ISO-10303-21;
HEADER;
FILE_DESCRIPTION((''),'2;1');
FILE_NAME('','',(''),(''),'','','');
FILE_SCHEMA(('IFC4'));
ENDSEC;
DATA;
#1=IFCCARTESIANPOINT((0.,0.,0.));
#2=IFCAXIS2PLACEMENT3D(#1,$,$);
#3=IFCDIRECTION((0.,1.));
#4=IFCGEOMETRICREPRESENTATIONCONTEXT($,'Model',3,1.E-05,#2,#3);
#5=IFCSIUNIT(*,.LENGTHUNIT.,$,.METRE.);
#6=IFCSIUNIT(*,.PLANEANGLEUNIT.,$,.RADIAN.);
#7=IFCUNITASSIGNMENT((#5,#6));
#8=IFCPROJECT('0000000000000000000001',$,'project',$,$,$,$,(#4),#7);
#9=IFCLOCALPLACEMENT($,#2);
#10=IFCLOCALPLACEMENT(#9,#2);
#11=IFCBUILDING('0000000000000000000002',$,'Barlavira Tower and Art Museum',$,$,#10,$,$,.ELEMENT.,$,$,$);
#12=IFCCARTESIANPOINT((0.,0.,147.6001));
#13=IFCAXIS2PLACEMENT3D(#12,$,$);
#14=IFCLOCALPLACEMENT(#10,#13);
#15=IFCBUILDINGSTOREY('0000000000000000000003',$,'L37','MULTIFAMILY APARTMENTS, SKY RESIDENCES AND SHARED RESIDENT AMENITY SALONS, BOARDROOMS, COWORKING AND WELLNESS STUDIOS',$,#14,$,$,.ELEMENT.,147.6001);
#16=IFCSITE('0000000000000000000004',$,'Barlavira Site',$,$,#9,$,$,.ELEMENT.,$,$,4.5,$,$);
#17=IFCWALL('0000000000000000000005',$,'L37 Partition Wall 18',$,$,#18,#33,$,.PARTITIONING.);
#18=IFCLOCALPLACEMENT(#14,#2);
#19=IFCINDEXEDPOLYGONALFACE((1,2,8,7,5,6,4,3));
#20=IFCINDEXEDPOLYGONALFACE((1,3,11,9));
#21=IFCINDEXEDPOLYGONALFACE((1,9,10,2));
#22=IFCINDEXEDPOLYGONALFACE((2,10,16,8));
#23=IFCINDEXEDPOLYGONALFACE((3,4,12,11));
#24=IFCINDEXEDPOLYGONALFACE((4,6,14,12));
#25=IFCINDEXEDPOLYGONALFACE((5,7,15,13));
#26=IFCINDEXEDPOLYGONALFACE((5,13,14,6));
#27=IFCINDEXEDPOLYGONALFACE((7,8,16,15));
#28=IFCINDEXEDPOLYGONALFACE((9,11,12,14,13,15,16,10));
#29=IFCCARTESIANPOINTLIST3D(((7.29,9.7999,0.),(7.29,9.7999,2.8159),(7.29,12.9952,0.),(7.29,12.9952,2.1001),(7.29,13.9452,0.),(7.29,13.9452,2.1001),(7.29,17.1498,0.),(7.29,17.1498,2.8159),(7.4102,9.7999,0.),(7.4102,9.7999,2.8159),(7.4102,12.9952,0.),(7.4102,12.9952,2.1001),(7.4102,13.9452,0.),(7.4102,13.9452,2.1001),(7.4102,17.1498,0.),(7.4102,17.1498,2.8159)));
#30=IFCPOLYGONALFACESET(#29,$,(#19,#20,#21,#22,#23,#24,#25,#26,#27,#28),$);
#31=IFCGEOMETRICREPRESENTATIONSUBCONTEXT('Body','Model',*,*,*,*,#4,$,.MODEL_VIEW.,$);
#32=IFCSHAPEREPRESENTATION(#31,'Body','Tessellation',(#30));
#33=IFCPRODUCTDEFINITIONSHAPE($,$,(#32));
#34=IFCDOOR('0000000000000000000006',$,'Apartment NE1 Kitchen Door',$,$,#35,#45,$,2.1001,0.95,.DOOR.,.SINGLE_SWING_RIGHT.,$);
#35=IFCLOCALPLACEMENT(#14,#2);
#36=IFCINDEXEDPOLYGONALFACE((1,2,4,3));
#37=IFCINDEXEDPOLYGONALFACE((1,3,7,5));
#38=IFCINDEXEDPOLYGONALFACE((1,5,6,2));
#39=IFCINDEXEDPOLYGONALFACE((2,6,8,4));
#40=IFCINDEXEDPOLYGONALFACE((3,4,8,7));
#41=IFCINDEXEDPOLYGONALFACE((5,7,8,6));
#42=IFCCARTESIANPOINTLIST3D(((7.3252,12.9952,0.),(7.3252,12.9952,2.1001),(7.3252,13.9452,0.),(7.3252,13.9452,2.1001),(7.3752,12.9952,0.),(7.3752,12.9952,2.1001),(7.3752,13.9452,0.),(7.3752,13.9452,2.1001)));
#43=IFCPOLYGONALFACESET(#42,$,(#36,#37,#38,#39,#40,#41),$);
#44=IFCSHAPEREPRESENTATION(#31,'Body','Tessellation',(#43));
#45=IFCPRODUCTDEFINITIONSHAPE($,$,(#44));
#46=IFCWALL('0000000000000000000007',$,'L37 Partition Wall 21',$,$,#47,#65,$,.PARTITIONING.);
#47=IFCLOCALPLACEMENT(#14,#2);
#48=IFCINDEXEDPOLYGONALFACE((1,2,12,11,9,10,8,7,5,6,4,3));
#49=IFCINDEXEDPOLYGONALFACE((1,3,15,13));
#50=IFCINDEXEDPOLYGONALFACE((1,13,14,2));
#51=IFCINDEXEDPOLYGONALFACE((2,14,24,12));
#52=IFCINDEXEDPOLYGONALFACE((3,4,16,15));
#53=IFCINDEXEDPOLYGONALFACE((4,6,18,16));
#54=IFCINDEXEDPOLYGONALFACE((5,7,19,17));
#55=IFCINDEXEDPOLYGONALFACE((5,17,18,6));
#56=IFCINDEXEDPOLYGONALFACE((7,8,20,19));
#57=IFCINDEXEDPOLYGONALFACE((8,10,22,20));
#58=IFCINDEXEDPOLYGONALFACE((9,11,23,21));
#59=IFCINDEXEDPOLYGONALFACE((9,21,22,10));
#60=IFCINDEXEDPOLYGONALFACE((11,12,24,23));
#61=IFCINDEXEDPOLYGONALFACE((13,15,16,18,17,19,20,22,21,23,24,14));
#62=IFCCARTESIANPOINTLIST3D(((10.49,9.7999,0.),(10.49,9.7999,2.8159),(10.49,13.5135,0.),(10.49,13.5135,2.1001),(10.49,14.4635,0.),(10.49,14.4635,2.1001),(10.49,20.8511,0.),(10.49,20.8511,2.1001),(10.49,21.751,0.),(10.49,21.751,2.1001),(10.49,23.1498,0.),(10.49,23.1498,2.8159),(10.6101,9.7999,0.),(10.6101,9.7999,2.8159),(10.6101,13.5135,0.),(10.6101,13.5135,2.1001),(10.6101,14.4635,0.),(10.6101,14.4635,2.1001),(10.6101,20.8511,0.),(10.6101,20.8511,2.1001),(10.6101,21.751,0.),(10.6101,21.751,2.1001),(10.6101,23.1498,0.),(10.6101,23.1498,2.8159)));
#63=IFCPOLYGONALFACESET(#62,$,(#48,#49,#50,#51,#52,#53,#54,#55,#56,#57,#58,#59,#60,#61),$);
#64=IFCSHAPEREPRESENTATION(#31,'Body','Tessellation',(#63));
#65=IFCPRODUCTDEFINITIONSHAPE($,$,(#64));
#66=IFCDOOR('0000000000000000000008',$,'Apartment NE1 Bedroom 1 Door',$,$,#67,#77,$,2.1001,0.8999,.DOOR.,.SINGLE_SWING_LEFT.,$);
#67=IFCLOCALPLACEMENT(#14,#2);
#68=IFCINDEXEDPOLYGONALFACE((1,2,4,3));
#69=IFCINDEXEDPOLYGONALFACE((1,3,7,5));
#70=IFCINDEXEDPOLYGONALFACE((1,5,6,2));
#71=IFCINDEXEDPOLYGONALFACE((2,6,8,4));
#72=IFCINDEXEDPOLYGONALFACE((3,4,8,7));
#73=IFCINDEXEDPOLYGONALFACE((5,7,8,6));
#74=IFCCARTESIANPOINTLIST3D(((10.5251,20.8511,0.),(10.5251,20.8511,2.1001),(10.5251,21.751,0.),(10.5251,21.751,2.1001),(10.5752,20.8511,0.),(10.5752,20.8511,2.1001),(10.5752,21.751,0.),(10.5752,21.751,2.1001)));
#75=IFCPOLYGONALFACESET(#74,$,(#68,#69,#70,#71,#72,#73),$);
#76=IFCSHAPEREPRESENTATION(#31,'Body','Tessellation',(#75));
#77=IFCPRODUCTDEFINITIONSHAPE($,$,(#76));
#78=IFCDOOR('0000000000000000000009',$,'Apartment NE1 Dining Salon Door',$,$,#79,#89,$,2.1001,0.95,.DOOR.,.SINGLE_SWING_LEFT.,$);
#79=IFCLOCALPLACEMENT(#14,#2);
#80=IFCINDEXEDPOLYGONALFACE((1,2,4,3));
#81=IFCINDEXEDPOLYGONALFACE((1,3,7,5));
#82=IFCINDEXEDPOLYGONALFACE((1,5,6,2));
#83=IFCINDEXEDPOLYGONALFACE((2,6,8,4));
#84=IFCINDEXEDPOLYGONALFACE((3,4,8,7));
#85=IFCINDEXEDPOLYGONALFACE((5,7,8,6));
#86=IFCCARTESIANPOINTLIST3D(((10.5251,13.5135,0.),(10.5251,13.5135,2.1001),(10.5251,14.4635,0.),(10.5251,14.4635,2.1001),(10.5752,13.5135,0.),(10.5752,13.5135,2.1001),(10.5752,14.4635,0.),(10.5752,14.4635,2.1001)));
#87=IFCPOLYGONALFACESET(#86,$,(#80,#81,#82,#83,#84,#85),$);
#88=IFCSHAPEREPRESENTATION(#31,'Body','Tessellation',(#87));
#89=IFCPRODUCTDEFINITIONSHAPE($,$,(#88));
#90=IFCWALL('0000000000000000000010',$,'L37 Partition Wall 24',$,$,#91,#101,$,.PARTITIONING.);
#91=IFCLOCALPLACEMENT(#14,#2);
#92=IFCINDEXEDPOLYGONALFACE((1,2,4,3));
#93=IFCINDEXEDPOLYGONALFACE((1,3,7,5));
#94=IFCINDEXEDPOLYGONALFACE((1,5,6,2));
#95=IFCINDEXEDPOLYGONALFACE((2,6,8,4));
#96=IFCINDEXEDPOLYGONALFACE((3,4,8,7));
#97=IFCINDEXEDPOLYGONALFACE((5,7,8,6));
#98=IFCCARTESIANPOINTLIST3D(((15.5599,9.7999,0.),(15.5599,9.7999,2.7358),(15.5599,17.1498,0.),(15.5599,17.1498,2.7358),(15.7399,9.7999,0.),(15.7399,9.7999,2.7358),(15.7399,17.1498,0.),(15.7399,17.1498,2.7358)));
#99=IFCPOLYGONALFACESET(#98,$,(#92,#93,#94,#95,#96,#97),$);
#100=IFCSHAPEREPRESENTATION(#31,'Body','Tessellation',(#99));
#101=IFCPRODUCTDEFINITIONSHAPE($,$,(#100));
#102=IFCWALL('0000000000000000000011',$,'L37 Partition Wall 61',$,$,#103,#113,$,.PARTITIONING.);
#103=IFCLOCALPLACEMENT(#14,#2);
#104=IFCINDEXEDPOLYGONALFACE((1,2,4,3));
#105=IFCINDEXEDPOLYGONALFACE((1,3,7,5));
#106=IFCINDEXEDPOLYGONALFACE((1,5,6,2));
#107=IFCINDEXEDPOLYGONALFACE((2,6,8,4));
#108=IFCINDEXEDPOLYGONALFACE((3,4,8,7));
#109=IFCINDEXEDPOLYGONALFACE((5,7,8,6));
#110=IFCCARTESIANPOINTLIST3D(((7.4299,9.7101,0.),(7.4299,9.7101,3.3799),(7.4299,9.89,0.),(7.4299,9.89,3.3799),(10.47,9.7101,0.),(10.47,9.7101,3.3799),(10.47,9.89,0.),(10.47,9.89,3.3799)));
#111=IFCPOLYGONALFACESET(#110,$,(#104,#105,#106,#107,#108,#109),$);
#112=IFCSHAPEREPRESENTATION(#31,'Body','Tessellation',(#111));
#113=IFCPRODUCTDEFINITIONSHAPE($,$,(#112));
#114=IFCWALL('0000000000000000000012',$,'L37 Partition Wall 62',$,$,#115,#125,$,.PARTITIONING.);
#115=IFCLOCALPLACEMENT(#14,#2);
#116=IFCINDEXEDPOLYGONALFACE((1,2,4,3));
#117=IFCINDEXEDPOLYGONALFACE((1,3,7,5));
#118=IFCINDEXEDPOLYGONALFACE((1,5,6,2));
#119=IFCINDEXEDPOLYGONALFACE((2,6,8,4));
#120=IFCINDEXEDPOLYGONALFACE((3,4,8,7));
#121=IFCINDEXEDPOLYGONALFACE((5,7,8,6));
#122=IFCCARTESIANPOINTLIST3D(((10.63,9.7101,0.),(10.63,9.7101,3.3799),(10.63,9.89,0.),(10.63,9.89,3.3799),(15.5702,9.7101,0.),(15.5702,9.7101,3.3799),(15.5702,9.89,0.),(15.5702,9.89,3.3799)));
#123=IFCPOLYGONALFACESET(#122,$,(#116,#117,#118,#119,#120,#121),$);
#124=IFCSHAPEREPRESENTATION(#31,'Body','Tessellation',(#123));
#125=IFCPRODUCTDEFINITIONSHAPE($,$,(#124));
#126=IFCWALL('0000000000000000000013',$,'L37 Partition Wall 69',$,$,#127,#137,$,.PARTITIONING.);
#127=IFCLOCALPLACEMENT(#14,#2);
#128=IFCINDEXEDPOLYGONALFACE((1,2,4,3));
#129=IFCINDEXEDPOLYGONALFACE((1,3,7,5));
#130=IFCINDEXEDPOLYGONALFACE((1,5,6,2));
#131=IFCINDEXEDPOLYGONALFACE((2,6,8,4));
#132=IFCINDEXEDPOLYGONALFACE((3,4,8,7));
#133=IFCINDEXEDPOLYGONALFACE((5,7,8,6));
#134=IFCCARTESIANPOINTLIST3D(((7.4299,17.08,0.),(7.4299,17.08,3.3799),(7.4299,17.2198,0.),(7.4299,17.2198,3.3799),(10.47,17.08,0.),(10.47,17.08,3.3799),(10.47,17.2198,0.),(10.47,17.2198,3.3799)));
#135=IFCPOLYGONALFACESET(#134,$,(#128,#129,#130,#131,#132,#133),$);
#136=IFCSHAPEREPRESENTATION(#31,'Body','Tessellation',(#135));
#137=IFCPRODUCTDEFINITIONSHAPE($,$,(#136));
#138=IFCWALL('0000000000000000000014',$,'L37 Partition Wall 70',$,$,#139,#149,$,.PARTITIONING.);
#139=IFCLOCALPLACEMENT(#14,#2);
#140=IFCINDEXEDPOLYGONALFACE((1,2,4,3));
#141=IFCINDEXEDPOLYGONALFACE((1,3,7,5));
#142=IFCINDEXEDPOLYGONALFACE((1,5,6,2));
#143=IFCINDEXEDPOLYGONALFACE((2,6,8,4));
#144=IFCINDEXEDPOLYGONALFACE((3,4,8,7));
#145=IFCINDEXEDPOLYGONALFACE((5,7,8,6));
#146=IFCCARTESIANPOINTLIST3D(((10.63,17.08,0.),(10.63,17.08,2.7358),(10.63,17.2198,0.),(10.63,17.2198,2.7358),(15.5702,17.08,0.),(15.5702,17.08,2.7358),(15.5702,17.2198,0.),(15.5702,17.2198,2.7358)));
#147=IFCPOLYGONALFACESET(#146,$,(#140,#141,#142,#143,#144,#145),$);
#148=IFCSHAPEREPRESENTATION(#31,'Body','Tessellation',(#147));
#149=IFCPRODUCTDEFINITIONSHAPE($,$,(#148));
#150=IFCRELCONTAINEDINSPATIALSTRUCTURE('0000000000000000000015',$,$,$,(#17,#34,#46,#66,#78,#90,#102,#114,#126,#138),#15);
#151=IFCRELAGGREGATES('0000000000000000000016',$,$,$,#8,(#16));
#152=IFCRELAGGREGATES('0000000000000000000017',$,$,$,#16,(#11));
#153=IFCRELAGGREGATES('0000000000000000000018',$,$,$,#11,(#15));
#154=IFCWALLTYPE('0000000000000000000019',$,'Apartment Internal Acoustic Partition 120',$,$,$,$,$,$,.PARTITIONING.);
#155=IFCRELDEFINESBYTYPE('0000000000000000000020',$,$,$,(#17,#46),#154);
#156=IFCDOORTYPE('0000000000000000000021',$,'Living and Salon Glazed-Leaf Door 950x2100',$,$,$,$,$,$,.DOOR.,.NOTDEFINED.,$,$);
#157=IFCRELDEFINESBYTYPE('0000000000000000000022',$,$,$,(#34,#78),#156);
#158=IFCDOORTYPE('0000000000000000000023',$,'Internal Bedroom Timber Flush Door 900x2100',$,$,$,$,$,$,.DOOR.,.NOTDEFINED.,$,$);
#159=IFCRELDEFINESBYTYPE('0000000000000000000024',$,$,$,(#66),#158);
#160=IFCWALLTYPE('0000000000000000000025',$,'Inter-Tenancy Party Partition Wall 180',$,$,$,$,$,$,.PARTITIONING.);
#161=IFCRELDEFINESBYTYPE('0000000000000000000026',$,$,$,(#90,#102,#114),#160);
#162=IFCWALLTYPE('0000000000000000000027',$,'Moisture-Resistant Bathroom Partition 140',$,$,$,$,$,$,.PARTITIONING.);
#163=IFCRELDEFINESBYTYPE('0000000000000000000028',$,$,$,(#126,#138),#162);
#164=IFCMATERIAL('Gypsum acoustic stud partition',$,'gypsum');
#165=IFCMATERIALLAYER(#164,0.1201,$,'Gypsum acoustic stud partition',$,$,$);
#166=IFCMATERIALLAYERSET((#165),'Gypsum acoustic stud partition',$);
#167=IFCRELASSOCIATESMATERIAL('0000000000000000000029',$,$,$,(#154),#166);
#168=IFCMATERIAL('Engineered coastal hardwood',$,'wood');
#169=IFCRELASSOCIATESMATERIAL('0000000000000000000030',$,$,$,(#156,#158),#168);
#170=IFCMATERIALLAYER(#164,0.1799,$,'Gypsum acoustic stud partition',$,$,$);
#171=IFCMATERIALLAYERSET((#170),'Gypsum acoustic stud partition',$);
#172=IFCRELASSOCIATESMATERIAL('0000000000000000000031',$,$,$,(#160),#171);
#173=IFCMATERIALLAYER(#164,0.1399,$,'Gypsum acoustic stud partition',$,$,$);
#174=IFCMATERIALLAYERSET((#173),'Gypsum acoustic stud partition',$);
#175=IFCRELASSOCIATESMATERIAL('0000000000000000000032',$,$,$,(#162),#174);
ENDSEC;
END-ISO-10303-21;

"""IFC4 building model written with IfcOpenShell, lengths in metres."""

from ifc_helpers import new_model, si_unit, direction, frame, frame_2d, origin, place, context, subcontext, project, spatial, rectangle, extrude, material, layer, layer_set, type_object, element, fill, save


model = new_model("IFC4")

# Units and contexts
model_context = context("Model", 3, precision=1e-05, world=origin(), true_north=direction((0.0, 1.0)))
body_context = subcontext(model_context, "Body", "Model", "MODEL_VIEW")
ifc_project = project(units=[si_unit("LENGTHUNIT", "METRE"), si_unit("PLANEANGLEUNIT", "RADIAN")], contexts=[model_context])

# Site, building, storey
site_placement = place(None, origin())
site = spatial("IfcSite", under=ifc_project, at=site_placement, Name="Barlavira Site", CompositionType="ELEMENT", RefElevation=4.5)
building_placement = place(site_placement, origin())
building = spatial("IfcBuilding", under=site, at=building_placement, Name="Barlavira Tower and Art Museum", CompositionType="ELEMENT")
storey_placement = place(building_placement, frame((0.0, 0.0, 147.6001)))
storey = spatial("IfcBuildingStorey", under=building, at=storey_placement, Name="L37", Description="MULTIFAMILY APARTMENTS, SKY RESIDENCES AND SHARED RESIDENT AMENITY SALONS, BOARDROOMS, COWORKING AND WELLNESS STUDIOS", CompositionType="ELEMENT", Elevation=147.6001)

# Wall, opening, door
ifc_material_1 = material(Name="Gypsum acoustic stud partition", Category="gypsum")
ifc_layer_1 = layer(ifc_material_1, 0.1201, Name="Gypsum acoustic stud partition")
ifc_layer_set_1 = layer_set([ifc_layer_1], Name="Gypsum acoustic stud partition")
wall_type_1 = type_object("IfcWallType", Name="Apartment Internal Acoustic Partition 120", PredefinedType="PARTITIONING", material=ifc_layer_set_1)
wall_1_placement = place(storey_placement, frame((7.3501, 9.8, 0.0), z_axis=(0.0, 0.0, 1.0), x_axis=(0.0, 1.0, 0.0)))
wall_1 = element("IfcWall", 1, at=wall_1_placement, inside=storey, type_object=wall_type_1, Name="L37 Partition Wall 18", PredefinedType="PARTITIONING", context=body_context, shape_type="SweptSolid", body=[
    extrude(rectangle(XDim=7.3499, YDim=0.1201, at=frame_2d((3.6748, 0.0))), origin(), (0.0, 0.0, 1.0), 2.8159),
])
opening_1_placement = place(wall_1_placement, frame((3.1951, 0.0, 0.0)))
opening_1 = element("IfcOpeningElement", 2, at=opening_1_placement, cuts=wall_1, PredefinedType="OPENING", context=body_context, shape_type="SweptSolid", body=[
    extrude(rectangle(XDim=0.95, YDim=2.1001, at=frame_2d((0.4751, 1.05))), frame((0.0, 0.0701, 0.0), z_axis=(0.0, -1.0, 0.0), x_axis=(1.0, 0.0, 0.0)), (0.0, 0.0, 1.0), 0.1401),
])
ifc_material_2 = material(Name="Engineered coastal hardwood", Category="wood")
door_type_1 = type_object("IfcDoorType", Name="Living and Salon Glazed-Leaf Door 950x2100", OperationType="NOTDEFINED", PredefinedType="DOOR", material=ifc_material_2)
door_1_placement = place(opening_1_placement, origin())
door_1 = element("IfcDoor", 3, at=door_1_placement, inside=storey, type_object=door_type_1, Name="Apartment NE1 Kitchen Door", OperationType="SINGLE_SWING_RIGHT", OverallHeight=2.1001, OverallWidth=0.95, PredefinedType="DOOR", context=body_context, shape_type="SweptSolid", body=[
    extrude(rectangle(XDim=0.95, YDim=2.1001, at=frame_2d((0.4751, 1.05))), frame((0.0, 0.0249, 0.0), z_axis=(0.0, -1.0, 0.0), x_axis=(1.0, 0.0, 0.0)), (0.0, 0.0, 1.0), 0.05),
])
fill(opening_1, door_1)

# Wall, openings, doors
wall_2_placement = place(storey_placement, frame((10.55, 9.8, 0.0), z_axis=(0.0, 0.0, 1.0), x_axis=(0.0, 1.0, 0.0)))
wall_2 = element("IfcWall", 4, at=wall_2_placement, inside=storey, type_object=wall_type_1, Name="L37 Partition Wall 21", PredefinedType="PARTITIONING", context=body_context, shape_type="SweptSolid", body=[
    extrude(rectangle(XDim=13.3499, YDim=0.1201, at=frame_2d((6.6748, 0.0))), origin(), (0.0, 0.0, 1.0), 2.8159),
])
opening_2_placement = place(wall_2_placement, frame((3.7134, 0.0, 0.0)))
opening_2 = element("IfcOpeningElement", 5, at=opening_2_placement, cuts=wall_2, PredefinedType="OPENING", context=body_context, shape_type="SweptSolid", body=[
    extrude(rectangle(XDim=0.95, YDim=2.1001, at=frame_2d((0.4751, 1.05))), frame((0.0, 0.0701, 0.0), z_axis=(0.0, -1.0, 0.0), x_axis=(1.0, 0.0, 0.0)), (0.0, 0.0, 1.0), 0.1401),
])
opening_3_placement = place(wall_2_placement, frame((11.051, 0.0, 0.0)))
opening_3 = element("IfcOpeningElement", 6, at=opening_3_placement, cuts=wall_2, PredefinedType="OPENING", context=body_context, shape_type="SweptSolid", body=[
    extrude(rectangle(XDim=0.8999, YDim=2.1001, at=frame_2d((0.45, 1.05))), frame((0.0, 0.0701, 0.0), z_axis=(0.0, -1.0, 0.0), x_axis=(1.0, 0.0, 0.0)), (0.0, 0.0, 1.0), 0.1401),
])
door_type_2 = type_object("IfcDoorType", Name="Internal Bedroom Timber Flush Door 900x2100", OperationType="NOTDEFINED", PredefinedType="DOOR", material=ifc_material_2)
door_2_placement = place(opening_3_placement, origin())
door_2 = element("IfcDoor", 7, at=door_2_placement, inside=storey, type_object=door_type_2, Name="Apartment NE1 Bedroom 1 Door", OperationType="SINGLE_SWING_LEFT", OverallHeight=2.1001, OverallWidth=0.8999, PredefinedType="DOOR", context=body_context, shape_type="SweptSolid", body=[
    extrude(rectangle(XDim=0.8999, YDim=2.1001, at=frame_2d((0.45, 1.05))), frame((0.0, 0.0249, 0.0), z_axis=(0.0, -1.0, 0.0), x_axis=(1.0, 0.0, 0.0)), (0.0, 0.0, 1.0), 0.05),
])
fill(opening_3, door_2)
door_3_placement = place(opening_2_placement, origin())
door_3 = element("IfcDoor", 8, at=door_3_placement, inside=storey, type_object=door_type_1, Name="Apartment NE1 Dining Salon Door", OperationType="SINGLE_SWING_LEFT", OverallHeight=2.1001, OverallWidth=0.95, PredefinedType="DOOR", context=body_context, shape_type="SweptSolid", body=[
    extrude(rectangle(XDim=0.95, YDim=2.1001, at=frame_2d((0.4751, 1.05))), frame((0.0, 0.0249, 0.0), z_axis=(0.0, -1.0, 0.0), x_axis=(1.0, 0.0, 0.0)), (0.0, 0.0, 1.0), 0.05),
])
fill(opening_2, door_3)

# Walls
ifc_layer_2 = layer(ifc_material_1, 0.1799, Name="Gypsum acoustic stud partition")
ifc_layer_set_2 = layer_set([ifc_layer_2], Name="Gypsum acoustic stud partition")
wall_type_2 = type_object("IfcWallType", Name="Inter-Tenancy Party Partition Wall 180", PredefinedType="PARTITIONING", material=ifc_layer_set_2)
wall_3_placement = place(storey_placement, frame((15.6499, 9.8, 0.0), z_axis=(0.0, 0.0, 1.0), x_axis=(0.0, 1.0, 0.0)))
element("IfcWall", 9, at=wall_3_placement, inside=storey, type_object=wall_type_2, Name="L37 Partition Wall 24", PredefinedType="PARTITIONING", context=body_context, shape_type="SweptSolid", body=[
    extrude(rectangle(XDim=7.3499, YDim=0.1799, at=frame_2d((3.6748, 0.0))), origin(), (0.0, 0.0, 1.0), 2.7358),
])
wall_4_placement = place(storey_placement, frame((7.4299, 9.8, 0.0), z_axis=(0.0, 0.0, 1.0), x_axis=(1.0, 0.0, 0.0)))
element("IfcWall", 10, at=wall_4_placement, inside=storey, type_object=wall_type_2, Name="L37 Partition Wall 61", PredefinedType="PARTITIONING", context=body_context, shape_type="SweptSolid", body=[
    extrude(rectangle(XDim=3.04, YDim=0.1799, at=frame_2d((1.52, 0.0))), origin(), (0.0, 0.0, 1.0), 3.3799),
])
wall_5_placement = place(storey_placement, frame((10.6299, 9.8, 0.0), z_axis=(0.0, 0.0, 1.0), x_axis=(1.0, 0.0, 0.0)))
element("IfcWall", 11, at=wall_5_placement, inside=storey, type_object=wall_type_2, Name="L37 Partition Wall 62", PredefinedType="PARTITIONING", context=body_context, shape_type="SweptSolid", body=[
    extrude(rectangle(XDim=4.9402, YDim=0.1799, at=frame_2d((2.4702, 0.0))), origin(), (0.0, 0.0, 1.0), 3.3799),
])
ifc_layer_3 = layer(ifc_material_1, 0.1399, Name="Gypsum acoustic stud partition")
ifc_layer_set_3 = layer_set([ifc_layer_3], Name="Gypsum acoustic stud partition")
wall_type_3 = type_object("IfcWallType", Name="Moisture-Resistant Bathroom Partition 140", PredefinedType="PARTITIONING", material=ifc_layer_set_3)
wall_6_placement = place(storey_placement, frame((7.4299, 17.1499, 0.0), z_axis=(0.0, 0.0, 1.0), x_axis=(1.0, 0.0, 0.0)))
element("IfcWall", 12, at=wall_6_placement, inside=storey, type_object=wall_type_3, Name="L37 Partition Wall 69", PredefinedType="PARTITIONING", context=body_context, shape_type="SweptSolid", body=[
    extrude(rectangle(XDim=3.04, YDim=0.1399, at=frame_2d((1.52, 0.0))), origin(), (0.0, 0.0, 1.0), 3.3799),
])
wall_7_placement = place(storey_placement, frame((10.6299, 17.1499, 0.0), z_axis=(0.0, 0.0, 1.0), x_axis=(1.0, 0.0, 0.0)))
element("IfcWall", 13, at=wall_7_placement, inside=storey, type_object=wall_type_3, Name="L37 Partition Wall 70", PredefinedType="PARTITIONING", context=body_context, shape_type="SweptSolid", body=[
    extrude(rectangle(XDim=4.9402, YDim=0.1399, at=frame_2d((2.4702, 0.0))), origin(), (0.0, 0.0, 1.0), 2.7358),
])

save(model, "model.ifc")
